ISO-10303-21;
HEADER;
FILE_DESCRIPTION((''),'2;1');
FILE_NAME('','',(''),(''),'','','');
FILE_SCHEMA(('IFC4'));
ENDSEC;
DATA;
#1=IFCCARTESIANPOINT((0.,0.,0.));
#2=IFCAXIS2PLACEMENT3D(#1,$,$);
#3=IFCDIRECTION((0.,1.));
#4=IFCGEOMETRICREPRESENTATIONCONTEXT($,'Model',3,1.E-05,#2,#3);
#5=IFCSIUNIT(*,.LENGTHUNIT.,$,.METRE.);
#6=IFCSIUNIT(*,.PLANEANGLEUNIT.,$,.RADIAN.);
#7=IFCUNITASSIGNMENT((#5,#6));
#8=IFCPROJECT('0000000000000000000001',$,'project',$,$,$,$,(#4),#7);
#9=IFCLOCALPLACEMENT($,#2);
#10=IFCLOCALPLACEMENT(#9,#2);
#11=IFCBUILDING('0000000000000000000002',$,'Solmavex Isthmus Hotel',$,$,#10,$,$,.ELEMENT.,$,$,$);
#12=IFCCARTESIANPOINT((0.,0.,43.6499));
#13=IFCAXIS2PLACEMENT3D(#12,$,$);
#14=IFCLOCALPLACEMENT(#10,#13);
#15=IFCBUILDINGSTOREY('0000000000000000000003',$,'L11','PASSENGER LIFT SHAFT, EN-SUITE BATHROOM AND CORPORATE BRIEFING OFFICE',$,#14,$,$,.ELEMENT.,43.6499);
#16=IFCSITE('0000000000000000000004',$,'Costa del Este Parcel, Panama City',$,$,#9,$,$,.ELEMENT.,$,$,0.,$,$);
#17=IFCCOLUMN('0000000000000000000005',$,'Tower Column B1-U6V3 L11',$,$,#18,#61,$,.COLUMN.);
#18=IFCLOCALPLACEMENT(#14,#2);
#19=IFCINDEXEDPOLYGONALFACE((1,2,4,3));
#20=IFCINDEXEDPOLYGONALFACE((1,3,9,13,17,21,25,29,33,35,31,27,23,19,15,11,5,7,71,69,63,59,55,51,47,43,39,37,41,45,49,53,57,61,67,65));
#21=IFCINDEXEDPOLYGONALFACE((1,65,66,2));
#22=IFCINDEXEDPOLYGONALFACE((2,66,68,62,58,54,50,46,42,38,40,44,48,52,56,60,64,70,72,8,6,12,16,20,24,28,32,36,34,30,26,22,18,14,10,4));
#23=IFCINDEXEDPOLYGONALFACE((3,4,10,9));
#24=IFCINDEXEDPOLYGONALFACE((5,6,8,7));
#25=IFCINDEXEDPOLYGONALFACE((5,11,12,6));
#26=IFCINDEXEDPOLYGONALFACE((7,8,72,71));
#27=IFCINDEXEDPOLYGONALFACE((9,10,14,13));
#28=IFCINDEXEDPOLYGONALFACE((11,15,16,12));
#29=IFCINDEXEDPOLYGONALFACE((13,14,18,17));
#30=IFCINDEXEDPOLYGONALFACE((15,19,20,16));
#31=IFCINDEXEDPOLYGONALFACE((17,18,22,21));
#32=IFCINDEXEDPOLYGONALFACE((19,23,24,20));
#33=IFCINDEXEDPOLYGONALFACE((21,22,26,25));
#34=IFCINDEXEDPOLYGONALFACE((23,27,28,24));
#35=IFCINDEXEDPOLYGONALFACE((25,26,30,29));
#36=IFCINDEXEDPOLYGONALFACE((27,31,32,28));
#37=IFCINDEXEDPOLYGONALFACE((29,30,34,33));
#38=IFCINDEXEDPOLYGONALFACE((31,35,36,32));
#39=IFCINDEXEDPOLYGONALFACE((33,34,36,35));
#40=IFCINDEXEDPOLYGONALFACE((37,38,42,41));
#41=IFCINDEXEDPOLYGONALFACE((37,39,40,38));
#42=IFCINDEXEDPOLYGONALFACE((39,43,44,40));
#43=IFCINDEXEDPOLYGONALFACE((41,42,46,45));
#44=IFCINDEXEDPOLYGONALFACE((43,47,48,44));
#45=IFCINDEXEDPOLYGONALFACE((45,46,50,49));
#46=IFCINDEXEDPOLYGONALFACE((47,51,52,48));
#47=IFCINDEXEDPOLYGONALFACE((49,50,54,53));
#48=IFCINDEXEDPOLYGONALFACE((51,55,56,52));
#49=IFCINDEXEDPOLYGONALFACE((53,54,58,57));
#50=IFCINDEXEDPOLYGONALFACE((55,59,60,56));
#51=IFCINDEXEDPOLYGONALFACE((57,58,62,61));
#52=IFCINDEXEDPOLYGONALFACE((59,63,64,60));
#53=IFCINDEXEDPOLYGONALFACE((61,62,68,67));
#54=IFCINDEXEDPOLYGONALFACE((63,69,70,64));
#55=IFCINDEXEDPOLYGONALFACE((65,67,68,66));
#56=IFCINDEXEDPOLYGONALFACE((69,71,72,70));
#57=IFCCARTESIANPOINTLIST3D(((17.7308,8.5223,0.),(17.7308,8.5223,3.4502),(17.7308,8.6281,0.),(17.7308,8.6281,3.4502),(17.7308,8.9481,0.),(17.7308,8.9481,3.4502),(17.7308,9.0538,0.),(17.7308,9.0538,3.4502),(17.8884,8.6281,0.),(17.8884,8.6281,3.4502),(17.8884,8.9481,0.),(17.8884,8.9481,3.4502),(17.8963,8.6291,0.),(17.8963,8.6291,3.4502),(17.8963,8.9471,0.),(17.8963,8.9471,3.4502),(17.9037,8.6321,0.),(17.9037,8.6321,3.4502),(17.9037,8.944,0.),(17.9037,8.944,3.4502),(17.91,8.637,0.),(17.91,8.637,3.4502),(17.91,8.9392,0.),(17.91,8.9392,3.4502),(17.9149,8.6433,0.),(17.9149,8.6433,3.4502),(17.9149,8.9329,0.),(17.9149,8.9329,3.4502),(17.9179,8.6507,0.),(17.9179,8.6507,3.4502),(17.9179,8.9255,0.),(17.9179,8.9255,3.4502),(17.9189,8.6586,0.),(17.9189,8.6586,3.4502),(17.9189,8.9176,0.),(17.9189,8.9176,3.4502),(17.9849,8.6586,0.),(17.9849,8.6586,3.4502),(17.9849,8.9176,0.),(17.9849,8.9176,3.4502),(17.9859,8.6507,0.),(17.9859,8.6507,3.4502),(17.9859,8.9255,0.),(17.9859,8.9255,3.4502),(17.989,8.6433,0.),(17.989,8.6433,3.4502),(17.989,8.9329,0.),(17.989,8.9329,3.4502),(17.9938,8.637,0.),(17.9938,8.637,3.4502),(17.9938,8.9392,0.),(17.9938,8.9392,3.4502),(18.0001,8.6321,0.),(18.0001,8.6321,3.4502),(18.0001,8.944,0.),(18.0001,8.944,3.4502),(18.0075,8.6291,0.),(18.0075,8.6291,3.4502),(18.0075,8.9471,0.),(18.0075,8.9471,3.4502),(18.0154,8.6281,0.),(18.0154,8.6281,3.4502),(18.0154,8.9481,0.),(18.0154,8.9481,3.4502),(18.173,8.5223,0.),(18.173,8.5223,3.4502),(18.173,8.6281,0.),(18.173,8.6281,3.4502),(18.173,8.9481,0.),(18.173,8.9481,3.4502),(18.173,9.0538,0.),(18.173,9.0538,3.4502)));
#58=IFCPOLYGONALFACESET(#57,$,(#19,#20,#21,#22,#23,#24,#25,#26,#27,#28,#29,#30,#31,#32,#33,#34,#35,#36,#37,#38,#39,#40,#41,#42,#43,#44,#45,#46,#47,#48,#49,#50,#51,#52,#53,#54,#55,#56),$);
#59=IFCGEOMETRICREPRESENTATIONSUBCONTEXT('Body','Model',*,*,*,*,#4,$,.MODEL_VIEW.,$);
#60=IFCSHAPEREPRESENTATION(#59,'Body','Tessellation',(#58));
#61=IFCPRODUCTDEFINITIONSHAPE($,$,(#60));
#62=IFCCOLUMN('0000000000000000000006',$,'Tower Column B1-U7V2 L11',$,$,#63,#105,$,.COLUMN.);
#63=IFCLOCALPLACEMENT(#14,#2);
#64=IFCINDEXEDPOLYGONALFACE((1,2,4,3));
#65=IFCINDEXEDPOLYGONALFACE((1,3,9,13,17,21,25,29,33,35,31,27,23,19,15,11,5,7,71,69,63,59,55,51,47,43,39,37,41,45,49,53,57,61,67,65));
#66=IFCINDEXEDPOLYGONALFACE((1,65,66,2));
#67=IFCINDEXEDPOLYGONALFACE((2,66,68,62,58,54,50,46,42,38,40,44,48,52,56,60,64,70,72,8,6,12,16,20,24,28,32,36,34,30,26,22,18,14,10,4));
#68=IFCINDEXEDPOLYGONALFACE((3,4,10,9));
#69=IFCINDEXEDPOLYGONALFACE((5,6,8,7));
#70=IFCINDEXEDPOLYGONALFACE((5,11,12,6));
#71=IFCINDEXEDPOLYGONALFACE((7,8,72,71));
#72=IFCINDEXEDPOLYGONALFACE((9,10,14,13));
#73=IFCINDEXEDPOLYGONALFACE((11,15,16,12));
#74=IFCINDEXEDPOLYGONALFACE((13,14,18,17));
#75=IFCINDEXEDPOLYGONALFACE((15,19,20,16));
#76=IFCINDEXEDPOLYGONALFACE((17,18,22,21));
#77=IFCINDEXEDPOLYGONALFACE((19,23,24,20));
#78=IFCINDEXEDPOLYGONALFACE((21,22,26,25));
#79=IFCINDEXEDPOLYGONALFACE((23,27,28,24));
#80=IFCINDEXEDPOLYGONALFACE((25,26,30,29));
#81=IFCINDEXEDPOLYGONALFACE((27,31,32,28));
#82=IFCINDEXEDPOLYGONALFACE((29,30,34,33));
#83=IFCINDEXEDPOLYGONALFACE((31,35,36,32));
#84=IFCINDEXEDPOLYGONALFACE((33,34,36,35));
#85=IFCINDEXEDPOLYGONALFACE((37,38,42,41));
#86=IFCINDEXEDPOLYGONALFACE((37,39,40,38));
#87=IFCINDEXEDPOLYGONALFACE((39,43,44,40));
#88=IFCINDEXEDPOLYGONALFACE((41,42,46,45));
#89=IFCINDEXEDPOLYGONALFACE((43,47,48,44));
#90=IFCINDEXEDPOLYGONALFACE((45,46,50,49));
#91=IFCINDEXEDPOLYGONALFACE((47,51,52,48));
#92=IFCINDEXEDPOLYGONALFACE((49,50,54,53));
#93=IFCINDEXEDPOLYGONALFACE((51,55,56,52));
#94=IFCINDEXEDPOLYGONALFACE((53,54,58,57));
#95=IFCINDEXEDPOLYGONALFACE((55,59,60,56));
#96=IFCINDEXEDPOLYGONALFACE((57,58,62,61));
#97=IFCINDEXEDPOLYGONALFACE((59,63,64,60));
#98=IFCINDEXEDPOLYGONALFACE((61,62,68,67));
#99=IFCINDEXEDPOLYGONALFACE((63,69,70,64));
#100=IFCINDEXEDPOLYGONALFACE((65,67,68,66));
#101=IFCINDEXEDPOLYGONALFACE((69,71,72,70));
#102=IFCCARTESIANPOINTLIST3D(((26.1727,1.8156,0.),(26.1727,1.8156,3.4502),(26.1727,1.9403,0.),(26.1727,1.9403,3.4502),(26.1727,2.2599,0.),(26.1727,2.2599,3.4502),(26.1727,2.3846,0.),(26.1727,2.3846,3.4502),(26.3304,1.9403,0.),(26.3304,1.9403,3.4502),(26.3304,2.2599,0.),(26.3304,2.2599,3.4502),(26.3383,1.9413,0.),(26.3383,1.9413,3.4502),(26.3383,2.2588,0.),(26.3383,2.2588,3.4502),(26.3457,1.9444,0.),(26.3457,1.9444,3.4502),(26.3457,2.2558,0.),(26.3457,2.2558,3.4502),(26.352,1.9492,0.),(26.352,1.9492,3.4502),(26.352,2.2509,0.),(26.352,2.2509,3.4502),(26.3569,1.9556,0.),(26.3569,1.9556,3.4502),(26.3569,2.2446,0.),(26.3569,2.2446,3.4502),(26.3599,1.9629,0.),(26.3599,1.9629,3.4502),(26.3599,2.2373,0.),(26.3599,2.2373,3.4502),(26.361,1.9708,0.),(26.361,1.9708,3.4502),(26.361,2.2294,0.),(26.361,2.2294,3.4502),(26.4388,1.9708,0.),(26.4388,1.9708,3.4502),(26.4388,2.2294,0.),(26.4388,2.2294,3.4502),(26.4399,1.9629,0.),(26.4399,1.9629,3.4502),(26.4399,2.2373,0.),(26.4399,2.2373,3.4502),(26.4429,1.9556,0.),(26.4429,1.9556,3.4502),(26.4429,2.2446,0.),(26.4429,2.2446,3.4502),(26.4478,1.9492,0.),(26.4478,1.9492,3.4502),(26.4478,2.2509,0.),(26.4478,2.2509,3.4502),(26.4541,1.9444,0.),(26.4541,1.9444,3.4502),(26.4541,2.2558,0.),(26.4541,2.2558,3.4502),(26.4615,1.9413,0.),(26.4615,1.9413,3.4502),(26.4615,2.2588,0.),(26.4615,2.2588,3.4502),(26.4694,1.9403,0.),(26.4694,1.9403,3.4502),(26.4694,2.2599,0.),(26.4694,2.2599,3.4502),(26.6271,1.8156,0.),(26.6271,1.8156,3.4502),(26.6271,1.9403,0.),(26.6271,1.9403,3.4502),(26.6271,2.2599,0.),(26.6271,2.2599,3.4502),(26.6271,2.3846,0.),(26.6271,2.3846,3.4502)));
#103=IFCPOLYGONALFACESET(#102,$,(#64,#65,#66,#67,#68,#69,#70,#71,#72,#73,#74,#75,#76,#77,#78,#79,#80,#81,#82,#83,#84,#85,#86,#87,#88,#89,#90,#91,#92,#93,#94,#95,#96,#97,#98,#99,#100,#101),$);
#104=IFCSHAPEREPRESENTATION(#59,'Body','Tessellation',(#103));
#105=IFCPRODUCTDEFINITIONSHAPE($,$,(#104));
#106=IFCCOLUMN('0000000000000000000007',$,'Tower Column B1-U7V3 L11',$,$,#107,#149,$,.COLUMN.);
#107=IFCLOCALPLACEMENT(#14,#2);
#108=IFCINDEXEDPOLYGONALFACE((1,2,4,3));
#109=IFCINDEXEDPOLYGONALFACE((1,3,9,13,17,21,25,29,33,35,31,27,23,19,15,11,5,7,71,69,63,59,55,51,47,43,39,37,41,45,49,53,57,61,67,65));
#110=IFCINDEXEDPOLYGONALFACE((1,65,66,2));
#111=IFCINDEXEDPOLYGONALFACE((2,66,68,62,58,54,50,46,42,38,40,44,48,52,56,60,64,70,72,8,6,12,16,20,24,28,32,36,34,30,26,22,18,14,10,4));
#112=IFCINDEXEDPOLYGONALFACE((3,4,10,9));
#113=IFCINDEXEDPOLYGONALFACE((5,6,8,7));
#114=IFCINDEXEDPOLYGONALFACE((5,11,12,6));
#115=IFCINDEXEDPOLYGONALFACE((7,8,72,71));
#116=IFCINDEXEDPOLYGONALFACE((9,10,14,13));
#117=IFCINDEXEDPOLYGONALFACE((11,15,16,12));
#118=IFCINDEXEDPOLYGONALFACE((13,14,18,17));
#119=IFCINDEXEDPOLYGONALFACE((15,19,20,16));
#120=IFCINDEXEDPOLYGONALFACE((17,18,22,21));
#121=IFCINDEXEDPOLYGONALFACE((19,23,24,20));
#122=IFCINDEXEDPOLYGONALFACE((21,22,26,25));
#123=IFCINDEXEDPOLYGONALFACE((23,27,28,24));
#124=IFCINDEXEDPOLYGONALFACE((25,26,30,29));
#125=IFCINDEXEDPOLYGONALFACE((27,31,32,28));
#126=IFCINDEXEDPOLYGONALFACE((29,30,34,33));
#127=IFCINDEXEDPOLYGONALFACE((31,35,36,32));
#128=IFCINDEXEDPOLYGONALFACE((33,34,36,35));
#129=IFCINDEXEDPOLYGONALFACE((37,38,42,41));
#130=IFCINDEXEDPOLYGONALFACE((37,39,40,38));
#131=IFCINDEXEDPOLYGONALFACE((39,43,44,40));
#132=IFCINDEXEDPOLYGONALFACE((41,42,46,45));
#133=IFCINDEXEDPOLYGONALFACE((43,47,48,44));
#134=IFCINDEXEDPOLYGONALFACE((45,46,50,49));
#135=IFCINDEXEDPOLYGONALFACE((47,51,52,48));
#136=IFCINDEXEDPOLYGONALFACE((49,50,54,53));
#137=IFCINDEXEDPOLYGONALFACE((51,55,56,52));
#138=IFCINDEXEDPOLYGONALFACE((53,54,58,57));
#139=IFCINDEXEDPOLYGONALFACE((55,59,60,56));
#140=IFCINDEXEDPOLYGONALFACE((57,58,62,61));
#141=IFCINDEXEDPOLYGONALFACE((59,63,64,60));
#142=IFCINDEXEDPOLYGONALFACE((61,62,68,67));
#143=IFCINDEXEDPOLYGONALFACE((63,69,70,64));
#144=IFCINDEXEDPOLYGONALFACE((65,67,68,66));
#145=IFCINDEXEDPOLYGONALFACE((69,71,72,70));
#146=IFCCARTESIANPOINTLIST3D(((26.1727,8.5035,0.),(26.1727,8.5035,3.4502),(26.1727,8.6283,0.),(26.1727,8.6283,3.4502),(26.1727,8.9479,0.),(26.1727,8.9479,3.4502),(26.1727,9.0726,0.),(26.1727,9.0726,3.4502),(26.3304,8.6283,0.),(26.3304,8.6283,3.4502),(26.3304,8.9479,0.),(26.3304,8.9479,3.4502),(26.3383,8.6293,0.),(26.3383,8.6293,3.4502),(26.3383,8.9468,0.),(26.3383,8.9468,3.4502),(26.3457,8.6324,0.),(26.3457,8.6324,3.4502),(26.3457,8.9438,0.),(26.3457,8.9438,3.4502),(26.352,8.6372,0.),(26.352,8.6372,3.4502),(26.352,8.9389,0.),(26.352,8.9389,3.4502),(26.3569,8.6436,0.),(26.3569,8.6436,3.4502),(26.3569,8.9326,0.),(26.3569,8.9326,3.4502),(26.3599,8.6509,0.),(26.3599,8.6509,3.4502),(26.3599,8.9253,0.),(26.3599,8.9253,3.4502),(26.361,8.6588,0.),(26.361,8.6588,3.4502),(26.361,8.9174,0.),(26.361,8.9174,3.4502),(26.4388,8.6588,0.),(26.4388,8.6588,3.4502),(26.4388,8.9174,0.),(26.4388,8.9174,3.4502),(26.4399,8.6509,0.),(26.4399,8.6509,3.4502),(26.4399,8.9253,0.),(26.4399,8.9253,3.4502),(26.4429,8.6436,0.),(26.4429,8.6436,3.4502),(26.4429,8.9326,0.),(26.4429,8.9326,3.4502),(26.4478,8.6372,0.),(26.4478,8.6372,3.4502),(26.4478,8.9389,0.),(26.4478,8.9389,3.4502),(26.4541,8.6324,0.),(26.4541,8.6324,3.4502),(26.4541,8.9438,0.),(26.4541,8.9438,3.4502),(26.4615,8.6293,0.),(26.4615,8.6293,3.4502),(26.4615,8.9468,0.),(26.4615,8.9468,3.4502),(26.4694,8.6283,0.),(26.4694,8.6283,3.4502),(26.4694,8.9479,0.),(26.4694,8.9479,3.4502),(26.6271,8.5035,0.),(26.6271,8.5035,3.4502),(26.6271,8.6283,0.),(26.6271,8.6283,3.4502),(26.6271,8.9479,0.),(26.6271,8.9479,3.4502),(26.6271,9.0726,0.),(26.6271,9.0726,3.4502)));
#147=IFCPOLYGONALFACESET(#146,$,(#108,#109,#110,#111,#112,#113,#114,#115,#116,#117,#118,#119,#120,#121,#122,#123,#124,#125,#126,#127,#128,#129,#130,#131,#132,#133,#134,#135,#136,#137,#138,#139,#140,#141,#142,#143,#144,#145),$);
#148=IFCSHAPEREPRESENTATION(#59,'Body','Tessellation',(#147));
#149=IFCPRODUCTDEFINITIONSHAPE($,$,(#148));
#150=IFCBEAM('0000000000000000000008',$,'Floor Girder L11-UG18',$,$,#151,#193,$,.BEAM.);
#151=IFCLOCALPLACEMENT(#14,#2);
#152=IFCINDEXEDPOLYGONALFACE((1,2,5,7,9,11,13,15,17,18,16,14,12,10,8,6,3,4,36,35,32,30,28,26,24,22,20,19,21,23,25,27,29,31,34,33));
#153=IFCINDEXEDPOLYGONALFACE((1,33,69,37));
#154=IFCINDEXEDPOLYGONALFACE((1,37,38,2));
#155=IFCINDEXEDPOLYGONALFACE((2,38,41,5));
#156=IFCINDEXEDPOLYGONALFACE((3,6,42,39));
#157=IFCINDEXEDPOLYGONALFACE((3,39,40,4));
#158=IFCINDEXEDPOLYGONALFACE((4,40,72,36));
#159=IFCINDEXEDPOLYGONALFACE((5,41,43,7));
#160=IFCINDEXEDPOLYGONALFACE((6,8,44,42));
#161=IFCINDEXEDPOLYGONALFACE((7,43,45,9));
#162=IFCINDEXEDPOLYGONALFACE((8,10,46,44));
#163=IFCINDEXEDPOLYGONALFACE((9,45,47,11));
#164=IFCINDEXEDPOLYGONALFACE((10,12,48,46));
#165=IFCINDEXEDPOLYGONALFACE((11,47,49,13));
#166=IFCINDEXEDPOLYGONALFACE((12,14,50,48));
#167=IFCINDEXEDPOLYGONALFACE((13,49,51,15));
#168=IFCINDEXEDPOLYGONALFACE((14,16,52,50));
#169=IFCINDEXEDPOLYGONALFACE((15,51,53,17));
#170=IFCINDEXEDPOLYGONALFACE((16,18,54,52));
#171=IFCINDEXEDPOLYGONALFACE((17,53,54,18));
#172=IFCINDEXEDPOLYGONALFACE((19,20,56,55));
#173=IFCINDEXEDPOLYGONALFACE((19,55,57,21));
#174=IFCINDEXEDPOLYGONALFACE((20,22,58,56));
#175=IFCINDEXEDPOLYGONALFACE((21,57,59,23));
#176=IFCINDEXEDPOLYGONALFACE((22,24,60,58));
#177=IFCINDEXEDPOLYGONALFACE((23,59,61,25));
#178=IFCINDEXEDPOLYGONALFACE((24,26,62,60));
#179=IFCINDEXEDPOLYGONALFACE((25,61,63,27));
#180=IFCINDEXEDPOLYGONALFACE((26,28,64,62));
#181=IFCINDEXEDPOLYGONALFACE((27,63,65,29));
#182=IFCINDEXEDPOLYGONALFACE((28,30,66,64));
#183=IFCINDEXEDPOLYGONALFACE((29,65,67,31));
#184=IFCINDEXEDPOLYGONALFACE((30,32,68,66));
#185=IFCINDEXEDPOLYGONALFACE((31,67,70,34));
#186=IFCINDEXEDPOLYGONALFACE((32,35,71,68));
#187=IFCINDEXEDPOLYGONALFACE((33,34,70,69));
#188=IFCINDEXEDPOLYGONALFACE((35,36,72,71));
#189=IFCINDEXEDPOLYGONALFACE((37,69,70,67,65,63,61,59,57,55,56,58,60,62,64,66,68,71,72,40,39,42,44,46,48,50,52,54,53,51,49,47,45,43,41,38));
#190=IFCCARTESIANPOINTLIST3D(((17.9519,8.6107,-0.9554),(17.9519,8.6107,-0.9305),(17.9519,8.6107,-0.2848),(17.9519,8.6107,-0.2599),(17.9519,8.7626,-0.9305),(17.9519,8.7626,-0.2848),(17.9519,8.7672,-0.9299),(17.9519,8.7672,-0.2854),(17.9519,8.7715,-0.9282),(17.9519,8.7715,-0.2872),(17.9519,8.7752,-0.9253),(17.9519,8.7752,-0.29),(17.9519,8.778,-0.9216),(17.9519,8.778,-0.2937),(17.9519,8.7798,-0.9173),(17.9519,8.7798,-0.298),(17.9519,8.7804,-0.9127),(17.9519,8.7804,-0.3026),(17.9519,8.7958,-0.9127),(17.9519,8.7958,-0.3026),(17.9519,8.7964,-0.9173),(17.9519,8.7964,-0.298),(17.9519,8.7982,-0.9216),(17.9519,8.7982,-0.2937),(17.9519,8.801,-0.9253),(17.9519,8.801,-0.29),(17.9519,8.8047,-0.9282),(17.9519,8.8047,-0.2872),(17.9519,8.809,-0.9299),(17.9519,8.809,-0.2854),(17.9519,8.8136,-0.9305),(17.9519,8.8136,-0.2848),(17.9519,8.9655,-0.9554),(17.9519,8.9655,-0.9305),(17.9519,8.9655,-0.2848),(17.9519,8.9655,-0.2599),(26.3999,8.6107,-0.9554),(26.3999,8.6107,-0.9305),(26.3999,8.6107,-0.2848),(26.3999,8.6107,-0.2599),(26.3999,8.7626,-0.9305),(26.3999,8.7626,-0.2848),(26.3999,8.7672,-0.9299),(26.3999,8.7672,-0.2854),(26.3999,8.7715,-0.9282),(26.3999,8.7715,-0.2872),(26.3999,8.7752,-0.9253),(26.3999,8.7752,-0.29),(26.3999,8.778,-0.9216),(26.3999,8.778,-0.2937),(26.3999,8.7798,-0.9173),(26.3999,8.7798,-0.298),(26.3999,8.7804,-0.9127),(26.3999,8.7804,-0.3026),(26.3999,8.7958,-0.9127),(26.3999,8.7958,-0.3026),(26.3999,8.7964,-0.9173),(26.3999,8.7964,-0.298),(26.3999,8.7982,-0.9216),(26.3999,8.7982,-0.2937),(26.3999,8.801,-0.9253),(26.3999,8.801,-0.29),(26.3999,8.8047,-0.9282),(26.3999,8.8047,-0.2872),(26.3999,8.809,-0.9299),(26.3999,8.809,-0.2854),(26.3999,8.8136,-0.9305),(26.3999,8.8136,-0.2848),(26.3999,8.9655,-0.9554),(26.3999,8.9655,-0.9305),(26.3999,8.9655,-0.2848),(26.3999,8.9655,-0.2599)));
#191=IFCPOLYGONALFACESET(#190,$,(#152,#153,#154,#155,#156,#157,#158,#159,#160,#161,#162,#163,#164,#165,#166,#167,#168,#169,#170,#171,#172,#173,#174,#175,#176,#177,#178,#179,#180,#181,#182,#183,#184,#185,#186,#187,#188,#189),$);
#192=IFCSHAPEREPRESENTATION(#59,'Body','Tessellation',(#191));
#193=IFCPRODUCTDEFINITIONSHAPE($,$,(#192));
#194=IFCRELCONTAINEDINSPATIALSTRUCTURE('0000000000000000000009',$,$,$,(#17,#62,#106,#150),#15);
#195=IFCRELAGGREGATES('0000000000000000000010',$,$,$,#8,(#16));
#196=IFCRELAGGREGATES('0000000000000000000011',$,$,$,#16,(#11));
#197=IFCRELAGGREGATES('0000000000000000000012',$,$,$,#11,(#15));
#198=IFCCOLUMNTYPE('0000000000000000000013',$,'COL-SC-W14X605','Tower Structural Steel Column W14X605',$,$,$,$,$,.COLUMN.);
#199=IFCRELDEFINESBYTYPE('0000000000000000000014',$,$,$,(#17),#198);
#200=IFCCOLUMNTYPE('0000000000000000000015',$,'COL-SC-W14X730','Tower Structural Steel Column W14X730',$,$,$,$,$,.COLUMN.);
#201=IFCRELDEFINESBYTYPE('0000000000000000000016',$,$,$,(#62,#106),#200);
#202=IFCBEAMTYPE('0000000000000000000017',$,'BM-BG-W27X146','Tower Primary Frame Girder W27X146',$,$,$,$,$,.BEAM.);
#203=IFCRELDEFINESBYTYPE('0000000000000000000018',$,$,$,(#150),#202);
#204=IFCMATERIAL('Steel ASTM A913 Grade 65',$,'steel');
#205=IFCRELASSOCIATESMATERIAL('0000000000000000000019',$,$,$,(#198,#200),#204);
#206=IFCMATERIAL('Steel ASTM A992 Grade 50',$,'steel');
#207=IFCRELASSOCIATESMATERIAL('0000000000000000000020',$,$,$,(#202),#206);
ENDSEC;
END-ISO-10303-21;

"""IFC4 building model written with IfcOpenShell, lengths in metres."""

from ifc_helpers import new_model, si_unit, direction, frame, origin, origin_2d, place, context, subcontext, project, spatial, i_section, extrude, material, material_profile, profile_set, type_object, element, save


model = new_model("IFC4")

# Units and contexts
model_context = context("Model", 3, precision=1e-05, world=origin(), true_north=direction((0.0, 1.0)))
body_context = subcontext(model_context, "Body", "Model", "MODEL_VIEW")
ifc_project = project(units=[si_unit("LENGTHUNIT", "METRE"), si_unit("PLANEANGLEUNIT", "RADIAN")], contexts=[model_context])

# Site, building, storey
site_placement = place(None, origin())
site = spatial("IfcSite", under=ifc_project, at=site_placement, Name="Costa del Este Parcel, Panama City", CompositionType="ELEMENT", RefElevation=0.0)
building_placement = place(site_placement, origin())
building = spatial("IfcBuilding", under=site, at=building_placement, Name="Solmavex Isthmus Hotel", CompositionType="ELEMENT")
storey_placement = place(building_placement, frame((0.0, 0.0, 43.6499)))
storey = spatial("IfcBuildingStorey", under=building, at=storey_placement, Name="L11", Description="PASSENGER LIFT SHAFT, EN-SUITE BATHROOM AND CORPORATE BRIEFING OFFICE", CompositionType="ELEMENT", Elevation=43.6499)

# Columns
ifc_material_1 = material(Name="Steel ASTM A913 Grade 65", Category="steel")
ifc_material_profile_1 = material_profile(ifc_material_1, i_section(OverallWidth=0.4421, OverallDepth=0.5315, WebThickness=0.0659, FlangeThickness=0.1057, FilletRadius=0.0305, at=origin_2d()), Name="W14X605")
ifc_profile_set_1 = profile_set([ifc_material_profile_1], Name="Steel ASTM A913 Grade 65")
column_type_1 = type_object("IfcColumnType", Name="COL-SC-W14X605", Description="Tower Structural Steel Column W14X605", PredefinedType="COLUMN", material=ifc_profile_set_1)
column_placement = place(storey_placement, frame((17.9519, 8.7881, 0.0), z_axis=(0.0, 0.0, 1.0), x_axis=(1.0, 0.0, 0.0)))
element("IfcColumn", 1, at=column_placement, inside=storey, type_object=column_type_1, Name="Tower Column B1-U6V3 L11", PredefinedType="COLUMN", context=body_context, shape_type="SweptSolid", body=[
    extrude(i_section(OverallWidth=0.4421, OverallDepth=0.5315, WebThickness=0.0659, FlangeThickness=0.1057, FilletRadius=0.0305, at=origin_2d()), origin(), (0.0, 0.0, 1.0), 3.4502),
])
ifc_material_profile_2 = material_profile(ifc_material_1, i_section(OverallWidth=0.4543, OverallDepth=0.5691, WebThickness=0.0779, FlangeThickness=0.1248, FilletRadius=0.0305, at=origin_2d()), Name="W14X730")
ifc_profile_set_2 = profile_set([ifc_material_profile_2], Name="Steel ASTM A913 Grade 65")
column_type_2 = type_object("IfcColumnType", Name="COL-SC-W14X730", Description="Tower Structural Steel Column W14X730", PredefinedType="COLUMN", material=ifc_profile_set_2)
for number, where, z_axis, x_axis, name in (
    (2, (26.3999, 2.1001, 0.0), (0.0, 0.0, 1.0), (1.0, 0.0, 0.0), "Tower Column B1-U7V2 L11"),
    (3, (26.3999, 8.7881, 0.0), (0.0, 0.0, 1.0), (1.0, 0.0, 0.0), "Tower Column B1-U7V3 L11"),
):
    element("IfcColumn", number, at=place(storey_placement, frame(where, z_axis=z_axis, x_axis=x_axis)), inside=storey, type_object=column_type_2, Name=name, PredefinedType="COLUMN", context=body_context, shape_type="SweptSolid", body=[
        extrude(i_section(OverallWidth=0.4543, OverallDepth=0.5691, WebThickness=0.0779, FlangeThickness=0.1248, FilletRadius=0.0305, at=origin_2d()), origin(), (0.0, 0.0, 1.0), 3.4502),
    ])

# Beam
ifc_material_2 = material(Name="Steel ASTM A992 Grade 50", Category="steel")
ifc_material_profile_3 = material_profile(ifc_material_2, i_section(OverallWidth=0.3547, OverallDepth=0.6956, WebThickness=0.0154, FlangeThickness=0.0249, FilletRadius=0.0178, at=origin_2d()), Name="W27X146")
ifc_profile_set_3 = profile_set([ifc_material_profile_3], Name="Steel ASTM A992 Grade 50")
beam_type_1 = type_object("IfcBeamType", Name="BM-BG-W27X146", Description="Tower Primary Frame Girder W27X146", PredefinedType="BEAM", material=ifc_profile_set_3)
beam_1_placement = place(storey_placement, frame((17.9519, 8.7881, -0.6077), z_axis=(1.0, 0.0, 0.0), x_axis=(0.0, 1.0, 0.0)))
element("IfcBeam", 4, at=beam_1_placement, inside=storey, type_object=beam_type_1, Name="Floor Girder L11-UG18", PredefinedType="BEAM", context=body_context, shape_type="SweptSolid", body=[
    extrude(i_section(OverallWidth=0.3547, OverallDepth=0.6956, WebThickness=0.0154, FlangeThickness=0.0249, FilletRadius=0.0178, at=origin_2d()), origin(), (0.0, 0.0, 1.0), 8.448),
])

save(model, "model.ifc")
